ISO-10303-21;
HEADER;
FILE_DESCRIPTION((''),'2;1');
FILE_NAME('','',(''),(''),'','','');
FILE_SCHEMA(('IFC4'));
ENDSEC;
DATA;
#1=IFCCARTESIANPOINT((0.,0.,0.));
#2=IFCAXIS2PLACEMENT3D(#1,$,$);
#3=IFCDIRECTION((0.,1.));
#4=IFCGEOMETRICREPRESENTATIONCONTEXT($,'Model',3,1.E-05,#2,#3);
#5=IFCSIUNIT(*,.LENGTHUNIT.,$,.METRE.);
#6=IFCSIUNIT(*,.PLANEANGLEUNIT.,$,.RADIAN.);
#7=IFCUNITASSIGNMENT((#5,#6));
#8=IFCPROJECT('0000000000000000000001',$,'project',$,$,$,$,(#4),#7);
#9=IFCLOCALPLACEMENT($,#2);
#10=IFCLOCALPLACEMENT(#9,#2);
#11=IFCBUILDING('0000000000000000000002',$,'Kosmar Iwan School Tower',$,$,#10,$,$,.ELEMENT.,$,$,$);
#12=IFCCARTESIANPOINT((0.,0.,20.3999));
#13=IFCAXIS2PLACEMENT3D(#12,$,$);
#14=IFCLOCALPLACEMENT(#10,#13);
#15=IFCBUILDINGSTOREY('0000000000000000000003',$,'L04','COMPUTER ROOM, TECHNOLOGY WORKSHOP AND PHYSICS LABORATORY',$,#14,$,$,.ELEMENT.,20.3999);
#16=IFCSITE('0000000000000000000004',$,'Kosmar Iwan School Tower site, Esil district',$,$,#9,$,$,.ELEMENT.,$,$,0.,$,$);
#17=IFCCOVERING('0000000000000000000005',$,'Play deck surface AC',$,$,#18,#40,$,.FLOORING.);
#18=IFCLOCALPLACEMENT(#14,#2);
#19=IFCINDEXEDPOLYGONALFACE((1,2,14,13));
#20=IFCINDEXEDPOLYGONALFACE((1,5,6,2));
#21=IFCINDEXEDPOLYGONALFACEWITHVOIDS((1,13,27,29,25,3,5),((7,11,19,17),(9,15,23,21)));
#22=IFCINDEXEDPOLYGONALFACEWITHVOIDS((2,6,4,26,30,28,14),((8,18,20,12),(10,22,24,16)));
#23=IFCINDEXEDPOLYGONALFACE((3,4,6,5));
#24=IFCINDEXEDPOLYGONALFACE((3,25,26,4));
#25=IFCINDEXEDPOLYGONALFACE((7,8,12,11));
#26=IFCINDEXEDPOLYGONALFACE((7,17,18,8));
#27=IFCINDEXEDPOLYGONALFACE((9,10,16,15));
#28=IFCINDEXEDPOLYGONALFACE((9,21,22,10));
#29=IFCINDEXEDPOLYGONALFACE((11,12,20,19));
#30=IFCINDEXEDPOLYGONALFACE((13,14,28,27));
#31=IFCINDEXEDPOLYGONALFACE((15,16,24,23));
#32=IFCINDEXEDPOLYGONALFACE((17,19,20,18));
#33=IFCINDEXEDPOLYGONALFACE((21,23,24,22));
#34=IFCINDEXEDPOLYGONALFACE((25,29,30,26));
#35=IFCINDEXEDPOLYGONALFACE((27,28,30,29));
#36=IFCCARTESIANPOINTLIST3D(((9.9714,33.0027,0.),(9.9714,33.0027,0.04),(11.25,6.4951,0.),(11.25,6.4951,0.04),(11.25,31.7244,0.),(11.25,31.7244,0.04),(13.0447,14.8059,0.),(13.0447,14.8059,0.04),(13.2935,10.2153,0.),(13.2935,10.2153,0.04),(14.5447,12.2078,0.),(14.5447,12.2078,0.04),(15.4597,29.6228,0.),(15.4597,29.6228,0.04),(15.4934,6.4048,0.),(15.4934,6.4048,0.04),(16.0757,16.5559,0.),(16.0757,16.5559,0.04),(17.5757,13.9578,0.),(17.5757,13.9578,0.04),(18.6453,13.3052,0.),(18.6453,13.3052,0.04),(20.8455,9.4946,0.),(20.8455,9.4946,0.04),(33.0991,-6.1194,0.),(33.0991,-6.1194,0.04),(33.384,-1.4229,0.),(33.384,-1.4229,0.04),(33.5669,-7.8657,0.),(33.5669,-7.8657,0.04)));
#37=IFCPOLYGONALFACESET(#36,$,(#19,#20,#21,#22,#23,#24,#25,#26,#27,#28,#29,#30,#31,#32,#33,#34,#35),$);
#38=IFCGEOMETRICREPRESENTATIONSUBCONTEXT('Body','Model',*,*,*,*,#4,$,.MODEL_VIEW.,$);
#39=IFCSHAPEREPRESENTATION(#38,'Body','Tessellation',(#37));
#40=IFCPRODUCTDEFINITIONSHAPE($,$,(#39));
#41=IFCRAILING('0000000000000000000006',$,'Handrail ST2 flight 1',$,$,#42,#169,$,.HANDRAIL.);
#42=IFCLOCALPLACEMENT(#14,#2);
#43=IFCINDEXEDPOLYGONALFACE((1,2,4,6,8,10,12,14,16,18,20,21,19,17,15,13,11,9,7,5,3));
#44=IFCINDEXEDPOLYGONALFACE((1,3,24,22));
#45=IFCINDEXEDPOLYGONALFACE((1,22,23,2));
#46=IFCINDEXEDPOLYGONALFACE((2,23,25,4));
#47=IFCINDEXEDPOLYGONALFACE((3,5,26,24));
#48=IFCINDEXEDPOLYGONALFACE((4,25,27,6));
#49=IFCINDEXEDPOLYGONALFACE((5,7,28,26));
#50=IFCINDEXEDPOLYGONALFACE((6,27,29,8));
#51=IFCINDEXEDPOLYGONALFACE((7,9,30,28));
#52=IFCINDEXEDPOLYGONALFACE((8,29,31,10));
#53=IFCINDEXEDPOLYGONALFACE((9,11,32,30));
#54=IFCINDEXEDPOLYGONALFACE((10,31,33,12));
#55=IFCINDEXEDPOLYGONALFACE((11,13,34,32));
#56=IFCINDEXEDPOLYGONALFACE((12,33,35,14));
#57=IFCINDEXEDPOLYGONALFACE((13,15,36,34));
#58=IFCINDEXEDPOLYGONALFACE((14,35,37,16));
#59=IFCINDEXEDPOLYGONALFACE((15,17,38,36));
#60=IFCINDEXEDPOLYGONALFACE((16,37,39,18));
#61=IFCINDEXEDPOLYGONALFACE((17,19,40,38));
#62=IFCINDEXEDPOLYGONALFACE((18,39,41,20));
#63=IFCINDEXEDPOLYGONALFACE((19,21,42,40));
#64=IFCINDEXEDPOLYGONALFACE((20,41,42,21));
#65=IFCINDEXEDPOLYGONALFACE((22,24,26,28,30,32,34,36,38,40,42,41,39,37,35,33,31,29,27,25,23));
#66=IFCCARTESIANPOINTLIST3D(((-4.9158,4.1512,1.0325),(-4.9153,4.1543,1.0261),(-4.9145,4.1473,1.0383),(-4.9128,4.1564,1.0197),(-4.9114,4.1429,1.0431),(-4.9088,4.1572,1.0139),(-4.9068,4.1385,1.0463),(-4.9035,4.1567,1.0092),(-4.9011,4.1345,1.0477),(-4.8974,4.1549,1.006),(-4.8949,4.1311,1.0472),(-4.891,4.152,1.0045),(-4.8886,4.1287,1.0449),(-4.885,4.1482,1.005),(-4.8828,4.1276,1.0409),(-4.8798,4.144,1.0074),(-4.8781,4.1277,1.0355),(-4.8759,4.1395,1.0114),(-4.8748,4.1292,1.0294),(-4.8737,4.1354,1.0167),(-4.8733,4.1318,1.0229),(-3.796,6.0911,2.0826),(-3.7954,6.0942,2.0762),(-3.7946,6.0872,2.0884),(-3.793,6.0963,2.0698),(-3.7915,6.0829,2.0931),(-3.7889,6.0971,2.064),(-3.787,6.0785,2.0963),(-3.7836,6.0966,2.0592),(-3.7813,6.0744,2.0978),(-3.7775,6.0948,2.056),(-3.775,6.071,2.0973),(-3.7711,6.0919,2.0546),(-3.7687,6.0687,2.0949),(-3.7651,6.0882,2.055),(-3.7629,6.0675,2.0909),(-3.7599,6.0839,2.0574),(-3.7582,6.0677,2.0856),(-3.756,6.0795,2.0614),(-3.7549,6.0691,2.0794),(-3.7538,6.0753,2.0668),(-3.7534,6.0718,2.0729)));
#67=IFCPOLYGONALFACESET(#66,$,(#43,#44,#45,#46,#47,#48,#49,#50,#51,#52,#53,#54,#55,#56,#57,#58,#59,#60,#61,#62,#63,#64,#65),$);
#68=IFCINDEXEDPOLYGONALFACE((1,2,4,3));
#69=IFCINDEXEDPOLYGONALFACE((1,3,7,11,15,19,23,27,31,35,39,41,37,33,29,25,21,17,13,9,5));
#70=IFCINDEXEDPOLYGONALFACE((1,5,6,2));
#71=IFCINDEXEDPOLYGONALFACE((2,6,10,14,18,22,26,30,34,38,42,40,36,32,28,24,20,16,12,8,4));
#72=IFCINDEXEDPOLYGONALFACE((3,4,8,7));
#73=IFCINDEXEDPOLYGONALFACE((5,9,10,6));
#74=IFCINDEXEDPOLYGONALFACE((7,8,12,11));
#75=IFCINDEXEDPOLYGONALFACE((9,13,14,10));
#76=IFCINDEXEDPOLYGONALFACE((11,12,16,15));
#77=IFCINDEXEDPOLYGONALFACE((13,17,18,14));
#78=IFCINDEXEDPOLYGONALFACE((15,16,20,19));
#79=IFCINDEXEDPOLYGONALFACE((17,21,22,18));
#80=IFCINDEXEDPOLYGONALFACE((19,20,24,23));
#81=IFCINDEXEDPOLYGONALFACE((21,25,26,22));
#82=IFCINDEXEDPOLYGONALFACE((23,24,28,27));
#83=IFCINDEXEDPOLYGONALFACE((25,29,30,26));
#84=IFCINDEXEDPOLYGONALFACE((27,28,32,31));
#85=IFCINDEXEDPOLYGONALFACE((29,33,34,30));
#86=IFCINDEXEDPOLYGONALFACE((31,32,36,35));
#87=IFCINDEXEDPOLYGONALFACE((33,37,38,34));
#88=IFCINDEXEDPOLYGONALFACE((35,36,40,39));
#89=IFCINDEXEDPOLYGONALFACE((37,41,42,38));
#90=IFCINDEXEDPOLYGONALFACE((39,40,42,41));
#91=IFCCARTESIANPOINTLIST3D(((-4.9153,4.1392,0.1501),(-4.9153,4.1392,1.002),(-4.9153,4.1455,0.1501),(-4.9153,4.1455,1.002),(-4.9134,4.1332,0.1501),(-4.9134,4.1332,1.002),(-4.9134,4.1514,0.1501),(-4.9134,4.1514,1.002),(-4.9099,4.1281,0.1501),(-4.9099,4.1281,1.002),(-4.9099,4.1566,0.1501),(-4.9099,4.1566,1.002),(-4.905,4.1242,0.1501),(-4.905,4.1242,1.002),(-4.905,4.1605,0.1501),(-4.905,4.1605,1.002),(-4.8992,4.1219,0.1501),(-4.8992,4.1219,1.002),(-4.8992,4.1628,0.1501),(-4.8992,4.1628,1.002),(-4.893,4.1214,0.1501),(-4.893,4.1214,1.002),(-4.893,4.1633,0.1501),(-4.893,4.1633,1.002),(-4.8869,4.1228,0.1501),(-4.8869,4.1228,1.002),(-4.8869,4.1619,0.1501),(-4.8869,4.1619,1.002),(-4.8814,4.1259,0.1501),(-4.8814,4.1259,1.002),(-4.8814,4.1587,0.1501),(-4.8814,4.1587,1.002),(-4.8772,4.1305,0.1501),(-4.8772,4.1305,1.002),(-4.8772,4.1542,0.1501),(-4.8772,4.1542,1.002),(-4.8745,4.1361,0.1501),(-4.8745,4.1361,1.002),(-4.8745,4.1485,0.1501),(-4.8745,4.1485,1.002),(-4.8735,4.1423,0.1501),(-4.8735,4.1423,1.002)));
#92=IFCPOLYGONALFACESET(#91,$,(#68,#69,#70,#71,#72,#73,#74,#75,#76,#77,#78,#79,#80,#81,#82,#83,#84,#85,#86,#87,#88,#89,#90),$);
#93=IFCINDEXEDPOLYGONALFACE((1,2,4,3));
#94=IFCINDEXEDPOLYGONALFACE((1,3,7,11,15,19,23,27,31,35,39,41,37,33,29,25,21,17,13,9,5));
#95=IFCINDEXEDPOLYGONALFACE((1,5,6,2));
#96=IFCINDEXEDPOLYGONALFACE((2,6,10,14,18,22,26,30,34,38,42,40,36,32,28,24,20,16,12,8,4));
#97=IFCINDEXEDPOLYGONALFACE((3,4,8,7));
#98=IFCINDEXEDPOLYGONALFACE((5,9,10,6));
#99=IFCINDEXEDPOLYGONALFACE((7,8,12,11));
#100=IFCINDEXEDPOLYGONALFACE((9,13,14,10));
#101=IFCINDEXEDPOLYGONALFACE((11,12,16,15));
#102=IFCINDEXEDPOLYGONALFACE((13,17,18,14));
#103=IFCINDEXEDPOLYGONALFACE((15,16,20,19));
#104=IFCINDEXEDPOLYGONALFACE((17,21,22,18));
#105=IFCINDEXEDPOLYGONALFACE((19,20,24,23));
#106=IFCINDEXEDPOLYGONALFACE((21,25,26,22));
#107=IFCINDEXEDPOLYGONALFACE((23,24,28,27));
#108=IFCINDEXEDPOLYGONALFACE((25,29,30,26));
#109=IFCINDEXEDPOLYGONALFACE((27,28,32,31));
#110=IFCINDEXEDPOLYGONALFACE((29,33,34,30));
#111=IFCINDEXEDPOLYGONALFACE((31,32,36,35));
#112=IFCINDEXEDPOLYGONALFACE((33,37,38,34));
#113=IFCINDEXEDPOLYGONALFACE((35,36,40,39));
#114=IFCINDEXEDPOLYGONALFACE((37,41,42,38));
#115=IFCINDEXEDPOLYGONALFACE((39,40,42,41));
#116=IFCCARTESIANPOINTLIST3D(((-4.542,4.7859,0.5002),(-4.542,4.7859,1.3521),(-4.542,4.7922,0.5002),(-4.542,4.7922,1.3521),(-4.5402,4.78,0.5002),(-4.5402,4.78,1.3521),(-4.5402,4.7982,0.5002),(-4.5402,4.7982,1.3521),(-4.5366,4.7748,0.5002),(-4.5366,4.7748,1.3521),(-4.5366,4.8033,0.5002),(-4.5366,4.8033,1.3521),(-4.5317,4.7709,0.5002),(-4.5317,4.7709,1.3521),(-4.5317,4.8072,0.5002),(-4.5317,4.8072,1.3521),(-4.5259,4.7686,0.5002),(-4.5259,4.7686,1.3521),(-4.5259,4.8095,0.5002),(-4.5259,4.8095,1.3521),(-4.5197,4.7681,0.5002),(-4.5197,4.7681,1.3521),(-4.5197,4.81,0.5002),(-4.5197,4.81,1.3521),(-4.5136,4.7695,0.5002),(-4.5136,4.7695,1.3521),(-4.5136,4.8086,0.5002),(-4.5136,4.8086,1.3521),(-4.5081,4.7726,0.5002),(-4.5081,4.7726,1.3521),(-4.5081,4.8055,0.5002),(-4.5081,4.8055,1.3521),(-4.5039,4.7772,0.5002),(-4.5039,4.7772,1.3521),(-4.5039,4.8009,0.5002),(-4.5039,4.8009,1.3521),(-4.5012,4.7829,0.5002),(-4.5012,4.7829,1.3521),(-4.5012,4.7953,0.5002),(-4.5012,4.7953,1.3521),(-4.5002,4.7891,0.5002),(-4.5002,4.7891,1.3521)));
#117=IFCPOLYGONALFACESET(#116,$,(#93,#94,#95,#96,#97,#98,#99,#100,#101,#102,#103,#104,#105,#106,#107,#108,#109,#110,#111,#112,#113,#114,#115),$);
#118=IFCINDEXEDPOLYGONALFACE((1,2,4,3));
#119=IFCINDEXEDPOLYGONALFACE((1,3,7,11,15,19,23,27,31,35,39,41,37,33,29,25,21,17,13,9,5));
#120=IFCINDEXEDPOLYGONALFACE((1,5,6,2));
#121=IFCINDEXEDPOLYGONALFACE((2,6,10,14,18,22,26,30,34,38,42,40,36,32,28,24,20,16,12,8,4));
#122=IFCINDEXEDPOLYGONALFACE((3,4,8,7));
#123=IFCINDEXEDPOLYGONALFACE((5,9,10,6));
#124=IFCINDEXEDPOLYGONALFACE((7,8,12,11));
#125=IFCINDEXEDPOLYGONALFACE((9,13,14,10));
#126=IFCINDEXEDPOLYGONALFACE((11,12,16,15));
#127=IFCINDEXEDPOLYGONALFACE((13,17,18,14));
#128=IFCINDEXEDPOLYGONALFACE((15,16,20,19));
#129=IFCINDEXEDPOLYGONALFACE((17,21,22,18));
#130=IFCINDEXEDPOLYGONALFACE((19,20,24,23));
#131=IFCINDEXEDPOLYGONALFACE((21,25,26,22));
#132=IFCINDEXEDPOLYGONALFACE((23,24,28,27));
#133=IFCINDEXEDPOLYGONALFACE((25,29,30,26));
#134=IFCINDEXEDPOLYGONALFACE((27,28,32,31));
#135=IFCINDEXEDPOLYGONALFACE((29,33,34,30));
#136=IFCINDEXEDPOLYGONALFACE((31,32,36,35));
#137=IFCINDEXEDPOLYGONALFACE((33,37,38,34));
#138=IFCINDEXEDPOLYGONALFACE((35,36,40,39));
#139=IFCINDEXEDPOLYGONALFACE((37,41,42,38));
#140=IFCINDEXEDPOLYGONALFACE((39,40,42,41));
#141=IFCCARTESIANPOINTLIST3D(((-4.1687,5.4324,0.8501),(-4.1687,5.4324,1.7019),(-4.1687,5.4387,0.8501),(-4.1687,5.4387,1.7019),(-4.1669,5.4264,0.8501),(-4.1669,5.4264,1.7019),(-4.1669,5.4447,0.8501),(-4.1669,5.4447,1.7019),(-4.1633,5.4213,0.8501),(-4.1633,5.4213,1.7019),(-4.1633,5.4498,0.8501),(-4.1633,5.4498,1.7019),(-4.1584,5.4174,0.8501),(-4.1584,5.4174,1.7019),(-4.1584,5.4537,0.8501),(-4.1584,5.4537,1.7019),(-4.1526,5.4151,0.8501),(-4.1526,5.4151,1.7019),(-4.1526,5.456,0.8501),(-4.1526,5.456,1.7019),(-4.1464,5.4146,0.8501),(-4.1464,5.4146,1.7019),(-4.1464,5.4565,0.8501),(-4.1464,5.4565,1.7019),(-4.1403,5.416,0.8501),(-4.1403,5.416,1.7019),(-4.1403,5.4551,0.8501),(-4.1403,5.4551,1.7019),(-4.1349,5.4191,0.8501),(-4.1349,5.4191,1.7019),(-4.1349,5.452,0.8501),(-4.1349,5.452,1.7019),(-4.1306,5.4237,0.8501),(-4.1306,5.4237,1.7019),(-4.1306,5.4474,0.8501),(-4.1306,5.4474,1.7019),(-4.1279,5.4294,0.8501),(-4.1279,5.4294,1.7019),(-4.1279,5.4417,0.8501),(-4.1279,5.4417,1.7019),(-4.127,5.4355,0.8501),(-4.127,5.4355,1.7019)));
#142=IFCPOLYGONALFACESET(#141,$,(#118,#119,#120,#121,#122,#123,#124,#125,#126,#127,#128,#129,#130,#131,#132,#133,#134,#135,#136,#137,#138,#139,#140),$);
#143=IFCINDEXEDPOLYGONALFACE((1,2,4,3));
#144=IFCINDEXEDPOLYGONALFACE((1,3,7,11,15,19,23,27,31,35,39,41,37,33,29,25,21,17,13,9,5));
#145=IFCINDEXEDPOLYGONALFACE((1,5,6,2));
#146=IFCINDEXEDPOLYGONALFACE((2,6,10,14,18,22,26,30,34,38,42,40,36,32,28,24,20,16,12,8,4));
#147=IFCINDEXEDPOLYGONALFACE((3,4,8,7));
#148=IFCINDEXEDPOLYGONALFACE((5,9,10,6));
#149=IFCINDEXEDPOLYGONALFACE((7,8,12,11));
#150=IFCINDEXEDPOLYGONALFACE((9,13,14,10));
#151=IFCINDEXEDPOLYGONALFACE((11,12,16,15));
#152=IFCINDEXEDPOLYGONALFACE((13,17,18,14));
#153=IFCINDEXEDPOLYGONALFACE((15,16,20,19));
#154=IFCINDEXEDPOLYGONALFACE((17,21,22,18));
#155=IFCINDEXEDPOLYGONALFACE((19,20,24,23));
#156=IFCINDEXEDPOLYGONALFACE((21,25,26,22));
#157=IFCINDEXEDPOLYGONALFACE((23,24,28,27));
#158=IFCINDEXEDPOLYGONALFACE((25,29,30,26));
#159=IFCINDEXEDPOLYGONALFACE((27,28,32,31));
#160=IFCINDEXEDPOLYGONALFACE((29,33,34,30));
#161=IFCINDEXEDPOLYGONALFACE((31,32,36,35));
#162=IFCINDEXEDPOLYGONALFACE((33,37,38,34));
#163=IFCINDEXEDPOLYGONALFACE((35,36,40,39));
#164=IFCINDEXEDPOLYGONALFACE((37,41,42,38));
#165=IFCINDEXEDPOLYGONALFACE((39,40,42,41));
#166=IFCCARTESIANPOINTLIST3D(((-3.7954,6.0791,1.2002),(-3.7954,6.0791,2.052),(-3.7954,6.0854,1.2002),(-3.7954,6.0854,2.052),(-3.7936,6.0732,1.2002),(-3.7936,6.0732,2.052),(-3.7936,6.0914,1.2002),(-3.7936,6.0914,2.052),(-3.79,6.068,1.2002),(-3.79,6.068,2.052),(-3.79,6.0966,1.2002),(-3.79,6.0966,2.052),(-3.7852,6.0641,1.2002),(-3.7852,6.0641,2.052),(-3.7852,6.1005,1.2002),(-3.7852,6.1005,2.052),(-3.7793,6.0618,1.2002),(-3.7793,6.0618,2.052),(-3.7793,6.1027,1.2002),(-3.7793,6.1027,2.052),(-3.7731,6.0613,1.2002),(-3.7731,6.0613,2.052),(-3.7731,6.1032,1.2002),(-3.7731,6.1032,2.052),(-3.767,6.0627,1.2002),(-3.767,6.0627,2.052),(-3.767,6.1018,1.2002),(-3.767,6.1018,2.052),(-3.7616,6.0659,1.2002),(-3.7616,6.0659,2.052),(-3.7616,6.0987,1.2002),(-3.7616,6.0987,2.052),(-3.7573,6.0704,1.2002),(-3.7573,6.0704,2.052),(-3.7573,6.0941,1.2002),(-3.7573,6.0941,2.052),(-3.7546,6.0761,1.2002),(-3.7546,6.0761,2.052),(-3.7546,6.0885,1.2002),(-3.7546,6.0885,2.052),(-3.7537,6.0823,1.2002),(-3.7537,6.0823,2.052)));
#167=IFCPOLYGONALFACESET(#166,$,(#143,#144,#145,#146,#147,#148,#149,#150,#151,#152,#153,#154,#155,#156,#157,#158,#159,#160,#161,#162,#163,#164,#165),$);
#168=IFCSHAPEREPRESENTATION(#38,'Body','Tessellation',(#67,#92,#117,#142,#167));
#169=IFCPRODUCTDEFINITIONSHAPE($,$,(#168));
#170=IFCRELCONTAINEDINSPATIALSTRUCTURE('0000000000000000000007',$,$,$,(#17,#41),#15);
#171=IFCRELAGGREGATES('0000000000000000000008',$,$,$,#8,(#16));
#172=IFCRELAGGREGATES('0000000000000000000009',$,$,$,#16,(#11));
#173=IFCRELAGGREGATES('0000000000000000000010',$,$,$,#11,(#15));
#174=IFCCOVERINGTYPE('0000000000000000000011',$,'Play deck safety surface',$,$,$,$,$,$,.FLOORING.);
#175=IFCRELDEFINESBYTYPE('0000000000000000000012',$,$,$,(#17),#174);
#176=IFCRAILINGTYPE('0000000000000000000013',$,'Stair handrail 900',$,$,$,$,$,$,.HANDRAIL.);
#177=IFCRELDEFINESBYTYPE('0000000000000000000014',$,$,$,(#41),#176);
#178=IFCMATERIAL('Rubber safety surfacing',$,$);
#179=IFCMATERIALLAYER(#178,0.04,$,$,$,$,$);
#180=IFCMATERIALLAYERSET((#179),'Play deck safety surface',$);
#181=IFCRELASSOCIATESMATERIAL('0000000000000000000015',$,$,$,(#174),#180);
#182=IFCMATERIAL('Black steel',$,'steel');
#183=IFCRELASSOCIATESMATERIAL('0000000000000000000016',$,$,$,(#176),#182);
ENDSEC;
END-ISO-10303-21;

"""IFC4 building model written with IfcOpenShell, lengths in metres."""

from ifc_helpers import new_model, si_unit, direction, frame, origin, origin_2d, place, context, subcontext, project, spatial, polyline, circle, outline, extrude, material, layer, layer_set, type_object, element, save


model = new_model("IFC4")

# Units and contexts
model_context = context("Model", 3, precision=1e-05, world=origin(), true_north=direction((0.0, 1.0)))
body_context = subcontext(model_context, "Body", "Model", "MODEL_VIEW")
ifc_project = project(units=[si_unit("LENGTHUNIT", "METRE"), si_unit("PLANEANGLEUNIT", "RADIAN")], contexts=[model_context])

# Site, building, storey
site_placement = place(None, origin())
site = spatial("IfcSite", under=ifc_project, at=site_placement, Name="Kosmar Iwan School Tower site, Esil district", CompositionType="ELEMENT", RefElevation=0.0)
building_placement = place(site_placement, origin())
building = spatial("IfcBuilding", under=site, at=building_placement, Name="Kosmar Iwan School Tower", CompositionType="ELEMENT")
storey_placement = place(building_placement, frame((0.0, 0.0, 20.3999)))
storey = spatial("IfcBuildingStorey", under=building, at=storey_placement, Name="L04", Description="COMPUTER ROOM, TECHNOLOGY WORKSHOP AND PHYSICS LABORATORY", CompositionType="ELEMENT", Elevation=20.3999)

# Covering
ifc_material_1 = material(Name="Rubber safety surfacing")
ifc_layer_1 = layer(ifc_material_1, 0.04)
ifc_layer_set_1 = layer_set([ifc_layer_1], Name="Play deck safety surface")
covering_type = type_object("IfcCoveringType", Name="Play deck safety surface", PredefinedType="FLOORING", material=ifc_layer_set_1)
covering_placement = place(storey_placement, origin())
element("IfcCovering", 1, at=covering_placement, inside=storey, type_object=covering_type, Name="Play deck surface AC", PredefinedType="FLOORING", context=body_context, shape_type="SweptSolid", body=[
    extrude(outline(polyline([(33.5669, -7.8657), (33.384, -1.4229), (15.4597, 29.6228), (9.9714, 33.0027), (11.25, 31.7244), (11.25, 6.4951), (33.0991, -6.1194), (33.5669, -7.8657)]), holes=[polyline([(18.6453, 13.3052), (13.2935, 10.2153), (15.4934, 6.4048), (20.8455, 9.4946), (18.6453, 13.3052)]), polyline([(17.5757, 13.9578), (16.0757, 16.5559), (13.0447, 14.8059), (14.5447, 12.2078), (17.5757, 13.9578)])]), origin(), (0.0, 0.0, 1.0), 0.04),
])

# Railing
ifc_material_2 = material(Name="Black steel", Category="steel")
railing_type = type_object("IfcRailingType", Name="Stair handrail 900", PredefinedType="HANDRAIL", material=ifc_material_2)
for number, where, name in (
    (2, (-4.8945, 4.1423, 0.1501), "Handrail ST2 flight 1"),
):
    element("IfcRailing", number, at=place(storey_placement, frame(where)), inside=storey, type_object=railing_type, Name=name, PredefinedType="HANDRAIL", context=body_context, shape_type="SweptSolid", body=[
        extrude(circle(Radius=0.0239, at=origin_2d()), frame((0.0, 0.0, 0.876), z_axis=(0.452678, 0.784169, 0.424454), x_axis=(-0.866055, 0.499949, 0.0)), (0.0, 0.0, 1.0), 2.4739),
        extrude(circle(Radius=0.021, at=origin_2d()), origin(), (0.0, 0.0, 1.0), 0.8518),
        extrude(circle(Radius=0.021, at=origin_2d()), frame((0.3733, 0.6467, 0.3501)), (0.0, 0.0, 1.0), 0.8518),
        extrude(circle(Radius=0.021, at=origin_2d()), frame((0.7466, 1.2932, 0.7)), (0.0, 0.0, 1.0), 0.8518),
        extrude(circle(Radius=0.021, at=origin_2d()), frame((1.1199, 1.9399, 1.05)), (0.0, 0.0, 1.0), 0.8518),
    ])

save(model, "model.ifc")
